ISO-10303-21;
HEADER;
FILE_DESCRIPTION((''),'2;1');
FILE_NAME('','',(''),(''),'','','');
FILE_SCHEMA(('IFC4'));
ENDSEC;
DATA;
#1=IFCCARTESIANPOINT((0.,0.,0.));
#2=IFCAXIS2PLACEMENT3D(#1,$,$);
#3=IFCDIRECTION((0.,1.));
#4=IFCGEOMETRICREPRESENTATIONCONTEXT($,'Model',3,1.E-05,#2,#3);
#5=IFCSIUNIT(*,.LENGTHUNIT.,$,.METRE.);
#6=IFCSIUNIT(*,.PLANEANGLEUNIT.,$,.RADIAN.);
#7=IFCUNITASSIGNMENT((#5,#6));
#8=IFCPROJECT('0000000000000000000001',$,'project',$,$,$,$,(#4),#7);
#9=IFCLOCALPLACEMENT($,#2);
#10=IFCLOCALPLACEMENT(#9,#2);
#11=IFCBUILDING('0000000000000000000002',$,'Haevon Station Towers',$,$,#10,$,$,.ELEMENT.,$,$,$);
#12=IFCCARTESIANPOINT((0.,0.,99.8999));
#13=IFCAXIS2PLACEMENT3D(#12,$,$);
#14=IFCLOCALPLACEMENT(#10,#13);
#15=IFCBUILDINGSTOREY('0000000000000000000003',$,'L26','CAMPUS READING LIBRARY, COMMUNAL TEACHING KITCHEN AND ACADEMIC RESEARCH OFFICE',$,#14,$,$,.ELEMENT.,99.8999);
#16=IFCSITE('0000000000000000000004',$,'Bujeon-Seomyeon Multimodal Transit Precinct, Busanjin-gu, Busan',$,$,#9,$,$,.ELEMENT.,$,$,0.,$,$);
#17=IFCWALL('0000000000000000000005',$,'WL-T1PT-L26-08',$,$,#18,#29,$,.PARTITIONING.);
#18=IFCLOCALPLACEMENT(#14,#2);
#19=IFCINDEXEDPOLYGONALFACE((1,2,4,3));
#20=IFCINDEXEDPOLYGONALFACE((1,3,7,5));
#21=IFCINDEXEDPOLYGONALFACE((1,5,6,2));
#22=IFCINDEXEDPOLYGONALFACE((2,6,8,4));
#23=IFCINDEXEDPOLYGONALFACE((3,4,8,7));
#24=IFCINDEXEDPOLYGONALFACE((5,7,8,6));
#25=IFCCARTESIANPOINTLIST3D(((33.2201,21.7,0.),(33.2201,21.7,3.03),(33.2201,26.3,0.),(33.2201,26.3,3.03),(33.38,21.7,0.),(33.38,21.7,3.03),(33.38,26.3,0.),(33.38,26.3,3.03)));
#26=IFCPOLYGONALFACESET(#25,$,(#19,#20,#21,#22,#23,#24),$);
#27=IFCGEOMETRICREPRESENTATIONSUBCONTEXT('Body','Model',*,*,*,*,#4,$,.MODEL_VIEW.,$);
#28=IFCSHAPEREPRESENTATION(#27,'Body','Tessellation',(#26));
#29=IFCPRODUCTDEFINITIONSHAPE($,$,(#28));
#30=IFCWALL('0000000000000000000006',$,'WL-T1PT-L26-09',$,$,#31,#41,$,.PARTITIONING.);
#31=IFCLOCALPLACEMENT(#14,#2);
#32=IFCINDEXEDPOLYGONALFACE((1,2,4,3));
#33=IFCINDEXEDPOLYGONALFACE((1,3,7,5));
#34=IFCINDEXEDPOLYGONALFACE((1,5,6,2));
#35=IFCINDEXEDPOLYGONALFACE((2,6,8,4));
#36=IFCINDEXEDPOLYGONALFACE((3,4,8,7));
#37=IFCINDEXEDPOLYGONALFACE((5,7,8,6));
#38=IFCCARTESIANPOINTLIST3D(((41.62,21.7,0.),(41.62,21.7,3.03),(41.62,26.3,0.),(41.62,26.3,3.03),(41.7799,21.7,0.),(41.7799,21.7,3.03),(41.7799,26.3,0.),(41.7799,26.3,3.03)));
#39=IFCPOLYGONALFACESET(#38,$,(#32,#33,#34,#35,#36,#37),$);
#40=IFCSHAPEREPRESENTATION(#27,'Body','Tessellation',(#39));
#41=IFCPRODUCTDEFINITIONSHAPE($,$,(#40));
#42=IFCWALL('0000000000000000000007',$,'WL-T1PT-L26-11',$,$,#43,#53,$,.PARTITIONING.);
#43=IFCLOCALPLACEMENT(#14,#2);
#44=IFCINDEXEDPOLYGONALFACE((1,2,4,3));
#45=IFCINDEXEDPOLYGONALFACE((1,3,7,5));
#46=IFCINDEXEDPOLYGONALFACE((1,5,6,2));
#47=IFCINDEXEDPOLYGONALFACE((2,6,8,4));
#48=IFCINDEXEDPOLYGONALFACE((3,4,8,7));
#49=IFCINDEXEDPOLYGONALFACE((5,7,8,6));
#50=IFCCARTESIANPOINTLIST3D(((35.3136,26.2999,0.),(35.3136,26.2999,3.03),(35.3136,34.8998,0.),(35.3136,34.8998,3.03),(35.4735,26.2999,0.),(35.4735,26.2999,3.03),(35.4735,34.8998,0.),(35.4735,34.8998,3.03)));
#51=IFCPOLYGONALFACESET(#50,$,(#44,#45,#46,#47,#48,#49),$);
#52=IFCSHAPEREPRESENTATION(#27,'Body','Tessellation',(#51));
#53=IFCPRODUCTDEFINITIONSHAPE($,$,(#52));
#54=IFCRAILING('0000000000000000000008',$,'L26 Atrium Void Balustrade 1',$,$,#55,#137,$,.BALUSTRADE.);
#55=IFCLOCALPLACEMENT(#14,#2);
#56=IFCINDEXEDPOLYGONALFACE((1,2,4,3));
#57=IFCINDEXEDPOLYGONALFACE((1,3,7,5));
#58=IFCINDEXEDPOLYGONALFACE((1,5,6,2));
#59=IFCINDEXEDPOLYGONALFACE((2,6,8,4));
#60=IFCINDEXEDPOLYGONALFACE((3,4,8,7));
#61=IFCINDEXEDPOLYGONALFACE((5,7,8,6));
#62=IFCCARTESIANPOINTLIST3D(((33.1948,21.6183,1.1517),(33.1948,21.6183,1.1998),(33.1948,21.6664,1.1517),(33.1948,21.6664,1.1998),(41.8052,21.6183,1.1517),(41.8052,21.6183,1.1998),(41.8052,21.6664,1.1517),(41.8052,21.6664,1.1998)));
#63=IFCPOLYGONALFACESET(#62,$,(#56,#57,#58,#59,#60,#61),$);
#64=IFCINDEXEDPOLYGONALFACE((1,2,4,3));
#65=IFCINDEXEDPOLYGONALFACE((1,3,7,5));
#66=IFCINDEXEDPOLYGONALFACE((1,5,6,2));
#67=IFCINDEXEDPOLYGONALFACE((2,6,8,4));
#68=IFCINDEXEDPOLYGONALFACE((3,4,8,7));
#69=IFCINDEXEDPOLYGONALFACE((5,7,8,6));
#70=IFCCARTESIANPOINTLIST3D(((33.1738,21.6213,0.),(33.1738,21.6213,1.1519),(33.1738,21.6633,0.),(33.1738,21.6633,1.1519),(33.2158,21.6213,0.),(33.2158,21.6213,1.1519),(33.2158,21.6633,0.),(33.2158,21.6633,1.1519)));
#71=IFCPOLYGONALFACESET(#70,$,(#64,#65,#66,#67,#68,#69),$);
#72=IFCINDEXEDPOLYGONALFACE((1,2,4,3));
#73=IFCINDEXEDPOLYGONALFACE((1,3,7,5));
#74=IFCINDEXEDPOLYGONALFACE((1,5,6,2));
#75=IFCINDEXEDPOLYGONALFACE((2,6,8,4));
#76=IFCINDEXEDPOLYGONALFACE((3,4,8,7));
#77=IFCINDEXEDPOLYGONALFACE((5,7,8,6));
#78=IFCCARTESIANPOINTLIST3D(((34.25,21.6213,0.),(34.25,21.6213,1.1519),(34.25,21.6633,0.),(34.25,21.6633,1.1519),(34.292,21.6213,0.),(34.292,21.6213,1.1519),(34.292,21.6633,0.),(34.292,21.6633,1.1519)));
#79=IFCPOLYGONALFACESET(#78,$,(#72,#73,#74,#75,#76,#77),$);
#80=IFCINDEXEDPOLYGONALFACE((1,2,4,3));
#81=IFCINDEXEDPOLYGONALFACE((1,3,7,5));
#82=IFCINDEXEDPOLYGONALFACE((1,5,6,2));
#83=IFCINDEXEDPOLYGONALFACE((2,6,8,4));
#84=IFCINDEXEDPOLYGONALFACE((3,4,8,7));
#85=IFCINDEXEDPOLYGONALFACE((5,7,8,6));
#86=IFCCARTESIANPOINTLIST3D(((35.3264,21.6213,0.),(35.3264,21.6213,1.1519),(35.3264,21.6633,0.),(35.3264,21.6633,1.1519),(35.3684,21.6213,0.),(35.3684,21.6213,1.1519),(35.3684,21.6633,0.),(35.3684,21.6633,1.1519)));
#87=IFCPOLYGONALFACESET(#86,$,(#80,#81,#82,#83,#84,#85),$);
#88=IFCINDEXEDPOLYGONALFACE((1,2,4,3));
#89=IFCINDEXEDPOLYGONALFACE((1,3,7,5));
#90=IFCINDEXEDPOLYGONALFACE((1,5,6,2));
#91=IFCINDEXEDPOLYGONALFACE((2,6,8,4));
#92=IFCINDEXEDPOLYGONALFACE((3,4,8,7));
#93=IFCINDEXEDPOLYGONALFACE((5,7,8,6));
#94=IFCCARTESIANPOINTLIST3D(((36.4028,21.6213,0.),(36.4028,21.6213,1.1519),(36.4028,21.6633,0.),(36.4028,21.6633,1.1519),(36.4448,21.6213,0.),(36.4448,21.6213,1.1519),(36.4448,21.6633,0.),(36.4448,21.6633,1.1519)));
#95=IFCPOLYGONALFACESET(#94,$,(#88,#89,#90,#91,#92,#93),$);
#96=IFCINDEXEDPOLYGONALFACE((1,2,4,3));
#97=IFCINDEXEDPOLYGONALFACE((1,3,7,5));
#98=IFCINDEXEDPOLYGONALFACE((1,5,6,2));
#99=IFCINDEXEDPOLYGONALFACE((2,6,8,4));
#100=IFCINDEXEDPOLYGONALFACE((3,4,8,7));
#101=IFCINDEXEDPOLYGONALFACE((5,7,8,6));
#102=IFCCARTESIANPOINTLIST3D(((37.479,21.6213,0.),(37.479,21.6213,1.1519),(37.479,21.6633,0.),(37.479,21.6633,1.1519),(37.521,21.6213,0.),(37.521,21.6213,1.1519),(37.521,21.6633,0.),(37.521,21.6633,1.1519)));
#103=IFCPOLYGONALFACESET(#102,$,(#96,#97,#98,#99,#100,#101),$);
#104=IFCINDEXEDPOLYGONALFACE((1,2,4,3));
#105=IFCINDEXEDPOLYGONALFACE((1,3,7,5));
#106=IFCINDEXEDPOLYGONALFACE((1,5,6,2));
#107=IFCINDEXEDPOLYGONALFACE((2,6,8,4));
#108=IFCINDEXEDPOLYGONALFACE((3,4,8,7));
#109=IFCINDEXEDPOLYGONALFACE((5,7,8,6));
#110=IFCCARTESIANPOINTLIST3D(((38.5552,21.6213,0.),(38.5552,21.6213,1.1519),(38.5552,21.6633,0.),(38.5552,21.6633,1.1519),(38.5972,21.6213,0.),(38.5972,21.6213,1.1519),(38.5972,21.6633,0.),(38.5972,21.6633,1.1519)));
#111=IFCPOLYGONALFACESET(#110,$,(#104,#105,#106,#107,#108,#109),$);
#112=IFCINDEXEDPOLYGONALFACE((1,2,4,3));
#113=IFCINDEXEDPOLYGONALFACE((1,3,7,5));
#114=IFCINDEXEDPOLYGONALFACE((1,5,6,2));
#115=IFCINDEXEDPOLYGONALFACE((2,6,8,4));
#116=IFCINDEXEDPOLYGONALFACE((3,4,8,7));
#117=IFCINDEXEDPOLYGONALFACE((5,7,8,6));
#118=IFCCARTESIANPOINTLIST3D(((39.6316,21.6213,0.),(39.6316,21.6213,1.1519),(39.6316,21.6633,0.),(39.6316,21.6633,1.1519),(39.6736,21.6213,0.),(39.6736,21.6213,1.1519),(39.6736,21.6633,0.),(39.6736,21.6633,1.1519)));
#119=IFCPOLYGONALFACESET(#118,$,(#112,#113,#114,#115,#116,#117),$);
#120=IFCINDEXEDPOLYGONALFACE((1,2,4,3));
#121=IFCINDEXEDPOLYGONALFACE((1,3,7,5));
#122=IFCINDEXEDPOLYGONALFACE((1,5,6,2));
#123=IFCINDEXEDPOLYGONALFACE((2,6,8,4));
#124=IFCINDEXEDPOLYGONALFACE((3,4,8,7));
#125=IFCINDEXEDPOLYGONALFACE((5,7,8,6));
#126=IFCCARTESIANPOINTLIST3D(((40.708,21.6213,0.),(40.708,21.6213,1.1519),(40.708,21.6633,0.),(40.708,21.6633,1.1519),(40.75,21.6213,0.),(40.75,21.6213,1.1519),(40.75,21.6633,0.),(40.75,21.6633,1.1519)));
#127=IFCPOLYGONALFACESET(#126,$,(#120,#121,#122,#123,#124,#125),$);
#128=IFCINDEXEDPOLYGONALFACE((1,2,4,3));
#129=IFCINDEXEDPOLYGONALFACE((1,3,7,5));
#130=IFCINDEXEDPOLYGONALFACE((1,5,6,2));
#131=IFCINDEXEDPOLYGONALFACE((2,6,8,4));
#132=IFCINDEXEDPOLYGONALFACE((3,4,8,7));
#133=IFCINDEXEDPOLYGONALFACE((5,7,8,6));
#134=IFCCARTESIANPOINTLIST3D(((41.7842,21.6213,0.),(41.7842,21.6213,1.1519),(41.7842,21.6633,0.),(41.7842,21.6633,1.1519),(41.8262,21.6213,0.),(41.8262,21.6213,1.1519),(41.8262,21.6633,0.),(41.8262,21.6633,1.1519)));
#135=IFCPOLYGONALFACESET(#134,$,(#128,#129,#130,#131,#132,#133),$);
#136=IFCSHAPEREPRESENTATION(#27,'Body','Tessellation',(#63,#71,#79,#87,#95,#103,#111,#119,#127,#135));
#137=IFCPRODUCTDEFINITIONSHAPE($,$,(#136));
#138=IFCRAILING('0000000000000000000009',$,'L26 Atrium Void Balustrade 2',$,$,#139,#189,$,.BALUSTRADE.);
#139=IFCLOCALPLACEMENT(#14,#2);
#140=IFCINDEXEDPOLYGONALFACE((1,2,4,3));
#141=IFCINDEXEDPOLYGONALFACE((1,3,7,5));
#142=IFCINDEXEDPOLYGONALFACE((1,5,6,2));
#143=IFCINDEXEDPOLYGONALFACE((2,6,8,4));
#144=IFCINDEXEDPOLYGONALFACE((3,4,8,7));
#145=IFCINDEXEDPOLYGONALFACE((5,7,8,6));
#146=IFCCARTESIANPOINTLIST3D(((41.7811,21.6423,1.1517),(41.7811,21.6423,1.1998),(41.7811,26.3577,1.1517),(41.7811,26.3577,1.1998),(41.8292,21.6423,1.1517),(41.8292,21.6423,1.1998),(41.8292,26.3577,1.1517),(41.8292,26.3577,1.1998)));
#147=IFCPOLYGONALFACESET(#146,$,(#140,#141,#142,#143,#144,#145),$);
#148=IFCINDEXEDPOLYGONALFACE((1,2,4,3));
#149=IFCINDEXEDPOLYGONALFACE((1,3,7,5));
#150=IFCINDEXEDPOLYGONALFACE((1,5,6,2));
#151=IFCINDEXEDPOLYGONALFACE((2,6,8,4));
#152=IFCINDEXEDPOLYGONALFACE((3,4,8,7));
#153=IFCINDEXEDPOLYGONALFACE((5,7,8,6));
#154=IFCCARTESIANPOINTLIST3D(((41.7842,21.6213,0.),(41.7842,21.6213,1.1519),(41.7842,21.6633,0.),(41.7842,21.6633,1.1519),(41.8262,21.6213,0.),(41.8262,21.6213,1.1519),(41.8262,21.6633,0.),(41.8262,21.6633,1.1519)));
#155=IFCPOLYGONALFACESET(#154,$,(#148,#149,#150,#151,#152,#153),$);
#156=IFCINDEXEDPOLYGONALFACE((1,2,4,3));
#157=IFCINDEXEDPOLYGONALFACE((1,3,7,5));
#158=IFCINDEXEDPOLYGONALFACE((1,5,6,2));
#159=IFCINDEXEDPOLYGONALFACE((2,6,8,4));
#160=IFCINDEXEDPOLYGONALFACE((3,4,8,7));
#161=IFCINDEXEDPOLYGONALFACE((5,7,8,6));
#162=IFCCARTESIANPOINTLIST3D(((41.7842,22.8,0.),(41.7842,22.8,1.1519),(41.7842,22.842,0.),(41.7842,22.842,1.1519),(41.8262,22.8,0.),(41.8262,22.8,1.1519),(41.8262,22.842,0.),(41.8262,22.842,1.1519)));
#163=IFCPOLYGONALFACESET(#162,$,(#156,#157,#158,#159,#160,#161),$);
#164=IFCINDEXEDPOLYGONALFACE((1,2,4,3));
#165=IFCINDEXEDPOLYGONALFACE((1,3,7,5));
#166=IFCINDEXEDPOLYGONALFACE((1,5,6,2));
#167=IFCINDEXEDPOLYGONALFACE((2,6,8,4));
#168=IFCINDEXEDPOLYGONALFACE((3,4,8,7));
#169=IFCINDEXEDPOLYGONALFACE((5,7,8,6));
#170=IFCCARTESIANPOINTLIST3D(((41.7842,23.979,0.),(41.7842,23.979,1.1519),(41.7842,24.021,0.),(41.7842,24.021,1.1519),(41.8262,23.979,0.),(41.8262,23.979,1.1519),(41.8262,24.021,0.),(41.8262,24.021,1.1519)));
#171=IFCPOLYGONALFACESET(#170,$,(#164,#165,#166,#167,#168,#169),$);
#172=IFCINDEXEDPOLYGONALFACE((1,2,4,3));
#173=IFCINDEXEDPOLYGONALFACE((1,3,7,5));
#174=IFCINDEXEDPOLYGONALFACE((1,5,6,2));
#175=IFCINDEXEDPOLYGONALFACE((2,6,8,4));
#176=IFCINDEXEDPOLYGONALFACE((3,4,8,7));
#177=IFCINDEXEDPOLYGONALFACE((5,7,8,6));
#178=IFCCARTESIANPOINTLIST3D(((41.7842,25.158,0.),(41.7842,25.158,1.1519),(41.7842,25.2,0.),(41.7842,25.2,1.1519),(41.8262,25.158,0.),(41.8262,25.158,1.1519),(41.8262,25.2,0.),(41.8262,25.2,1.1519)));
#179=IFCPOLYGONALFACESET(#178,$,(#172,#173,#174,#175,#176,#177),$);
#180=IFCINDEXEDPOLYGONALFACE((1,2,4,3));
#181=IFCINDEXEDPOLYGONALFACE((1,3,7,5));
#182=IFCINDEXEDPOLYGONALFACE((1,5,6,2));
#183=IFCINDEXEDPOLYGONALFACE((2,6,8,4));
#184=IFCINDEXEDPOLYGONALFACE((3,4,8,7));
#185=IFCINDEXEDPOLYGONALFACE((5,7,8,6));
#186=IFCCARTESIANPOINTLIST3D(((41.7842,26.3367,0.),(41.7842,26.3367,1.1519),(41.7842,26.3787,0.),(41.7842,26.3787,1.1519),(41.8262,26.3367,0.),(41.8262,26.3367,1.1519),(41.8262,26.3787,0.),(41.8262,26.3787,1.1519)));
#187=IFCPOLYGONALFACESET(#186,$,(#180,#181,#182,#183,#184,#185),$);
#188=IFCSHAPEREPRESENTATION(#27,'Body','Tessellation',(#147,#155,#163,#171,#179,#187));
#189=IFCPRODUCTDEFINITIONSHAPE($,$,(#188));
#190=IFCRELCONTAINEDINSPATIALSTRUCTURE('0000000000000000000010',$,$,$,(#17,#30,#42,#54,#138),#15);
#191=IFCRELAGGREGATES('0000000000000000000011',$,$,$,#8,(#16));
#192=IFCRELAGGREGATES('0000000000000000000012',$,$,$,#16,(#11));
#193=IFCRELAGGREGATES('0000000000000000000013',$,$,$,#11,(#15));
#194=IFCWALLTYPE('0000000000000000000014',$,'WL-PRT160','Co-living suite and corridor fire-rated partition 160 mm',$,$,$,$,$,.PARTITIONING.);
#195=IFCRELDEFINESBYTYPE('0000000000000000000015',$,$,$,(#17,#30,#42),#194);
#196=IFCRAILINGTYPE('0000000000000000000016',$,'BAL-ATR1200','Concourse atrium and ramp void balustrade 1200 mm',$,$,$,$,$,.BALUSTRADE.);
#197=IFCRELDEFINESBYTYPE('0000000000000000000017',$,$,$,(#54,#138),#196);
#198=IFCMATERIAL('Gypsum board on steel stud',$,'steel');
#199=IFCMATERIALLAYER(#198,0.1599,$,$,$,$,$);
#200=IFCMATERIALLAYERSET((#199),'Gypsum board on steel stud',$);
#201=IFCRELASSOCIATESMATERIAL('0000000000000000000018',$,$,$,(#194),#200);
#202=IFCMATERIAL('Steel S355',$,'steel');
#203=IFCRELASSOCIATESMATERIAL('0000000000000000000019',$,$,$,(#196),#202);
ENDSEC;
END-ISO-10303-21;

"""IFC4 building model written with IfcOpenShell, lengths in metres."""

from ifc_helpers import new_model, si_unit, direction, frame, frame_2d, origin, origin_2d, place, context, subcontext, project, spatial, rectangle, extrude, material, layer, layer_set, type_object, element, save


model = new_model("IFC4")

# Units and contexts
model_context = context("Model", 3, precision=1e-05, world=origin(), true_north=direction((0.0, 1.0)))
body_context = subcontext(model_context, "Body", "Model", "MODEL_VIEW")
ifc_project = project(units=[si_unit("LENGTHUNIT", "METRE"), si_unit("PLANEANGLEUNIT", "RADIAN")], contexts=[model_context])

# Site, building, storey
site_placement = place(None, origin())
site = spatial("IfcSite", under=ifc_project, at=site_placement, Name="Bujeon-Seomyeon Multimodal Transit Precinct, Busanjin-gu, Busan", CompositionType="ELEMENT", RefElevation=0.0)
building_placement = place(site_placement, origin())
building = spatial("IfcBuilding", under=site, at=building_placement, Name="Haevon Station Towers", CompositionType="ELEMENT")
storey_placement = place(building_placement, frame((0.0, 0.0, 99.8999)))
storey = spatial("IfcBuildingStorey", under=building, at=storey_placement, Name="L26", Description="CAMPUS READING LIBRARY, COMMUNAL TEACHING KITCHEN AND ACADEMIC RESEARCH OFFICE", CompositionType="ELEMENT", Elevation=99.8999)

# Shared definitions
ifc_material_1 = material(Name="Steel S355", Category="steel")

# Shared definitions
ifc_material_2 = material(Name="Gypsum board on steel stud", Category="steel")

# Walls
ifc_layer_1 = layer(ifc_material_2, 0.1599)
ifc_layer_set_1 = layer_set([ifc_layer_1], Name="Gypsum board on steel stud")
wall_type_1 = type_object("IfcWallType", Name="WL-PRT160", Description="Co-living suite and corridor fire-rated partition 160 mm", PredefinedType="PARTITIONING", material=ifc_layer_set_1)
for number, where, z_axis, x_axis, name in (
    (1, (33.3, 21.7, 0.0), (0.0, 0.0, 1.0), (0.0, 1.0, 0.0), "WL-T1PT-L26-08"),
    (2, (41.7, 21.7, 0.0), (0.0, 0.0, 1.0), (0.0, 1.0, 0.0), "WL-T1PT-L26-09"),
):
    element("IfcWall", number, at=place(storey_placement, frame(where, z_axis=z_axis, x_axis=x_axis)), inside=storey, type_object=wall_type_1, Name=name, PredefinedType="PARTITIONING", context=body_context, shape_type="SweptSolid", body=[
        extrude(rectangle(XDim=4.6001, YDim=0.1599, at=frame_2d((2.3, 0.0))), origin(), (0.0, 0.0, 1.0), 3.03),
    ])
wall_1_placement = place(storey_placement, frame((35.3936, 26.3, 0.0), z_axis=(0.0, 0.0, 1.0), x_axis=(0.0, 1.0, 0.0)))
element("IfcWall", 3, at=wall_1_placement, inside=storey, type_object=wall_type_1, Name="WL-T1PT-L26-11", PredefinedType="PARTITIONING", context=body_context, shape_type="SweptSolid", body=[
    extrude(rectangle(XDim=8.5999, YDim=0.1599, at=frame_2d((4.2998, 0.0))), origin(), (0.0, 0.0, 1.0), 3.03),
])

# Railings
railing_type = type_object("IfcRailingType", Name="BAL-ATR1200", Description="Concourse atrium and ramp void balustrade 1200 mm", PredefinedType="BALUSTRADE", material=ifc_material_1)
railing_1_placement = place(storey_placement, frame((33.1948, 21.6423, 0.0)))
element("IfcRailing", 4, at=railing_1_placement, inside=storey, type_object=railing_type, Name="L26 Atrium Void Balustrade 1", PredefinedType="BALUSTRADE", context=body_context, shape_type="SweptSolid", body=[
    extrude(rectangle(XDim=0.0481, YDim=0.0481, at=origin_2d()), frame((0.0, 0.0, 1.1758), z_axis=(1.0, 0.0, 0.0), x_axis=(0.0, 1.0, 0.0)), (0.0, 0.0, 1.0), 8.6104),
    extrude(rectangle(XDim=0.042, YDim=0.042, at=origin_2d()), origin(), (0.0, 0.0, 1.0), 1.1519),
    extrude(rectangle(XDim=0.042, YDim=0.042, at=origin_2d()), frame((1.0762, 0.0, 0.0)), (0.0, 0.0, 1.0), 1.1519),
    extrude(rectangle(XDim=0.042, YDim=0.042, at=origin_2d()), frame((2.1526, 0.0, 0.0)), (0.0, 0.0, 1.0), 1.1519),
    extrude(rectangle(XDim=0.042, YDim=0.042, at=origin_2d()), frame((3.229, 0.0, 0.0)), (0.0, 0.0, 1.0), 1.1519),
    extrude(rectangle(XDim=0.042, YDim=0.042, at=origin_2d()), frame((4.3052, 0.0, 0.0)), (0.0, 0.0, 1.0), 1.1519),
    extrude(rectangle(XDim=0.042, YDim=0.042, at=origin_2d()), frame((5.3813, 0.0, 0.0)), (0.0, 0.0, 1.0), 1.1519),
    extrude(rectangle(XDim=0.042, YDim=0.042, at=origin_2d()), frame((6.4578, 0.0, 0.0)), (0.0, 0.0, 1.0), 1.1519),
    extrude(rectangle(XDim=0.042, YDim=0.042, at=origin_2d()), frame((7.5342, 0.0, 0.0)), (0.0, 0.0, 1.0), 1.1519),
    extrude(rectangle(XDim=0.042, YDim=0.042, at=origin_2d()), frame((8.6104, 0.0, 0.0)), (0.0, 0.0, 1.0), 1.1519),
])
railing_2_placement = place(storey_placement, frame((41.8052, 21.6423, 0.0)))
element("IfcRailing", 5, at=railing_2_placement, inside=storey, type_object=railing_type, Name="L26 Atrium Void Balustrade 2", PredefinedType="BALUSTRADE", context=body_context, shape_type="SweptSolid", body=[
    extrude(rectangle(XDim=0.0481, YDim=0.0481, at=origin_2d()), frame((0.0, 0.0, 1.1758), z_axis=(0.0, 1.0, 0.0), x_axis=(-1.0, 0.0, 0.0)), (0.0, 0.0, 1.0), 4.7153),
    extrude(rectangle(XDim=0.042, YDim=0.042, at=origin_2d()), origin(), (0.0, 0.0, 1.0), 1.1519),
    extrude(rectangle(XDim=0.042, YDim=0.042, at=origin_2d()), frame((0.0, 1.1787, 0.0)), (0.0, 0.0, 1.0), 1.1519),
    extrude(rectangle(XDim=0.042, YDim=0.042, at=origin_2d()), frame((0.0, 2.3577, 0.0)), (0.0, 0.0, 1.0), 1.1519),
    extrude(rectangle(XDim=0.042, YDim=0.042, at=origin_2d()), frame((0.0, 3.5366, 0.0)), (0.0, 0.0, 1.0), 1.1519),
    extrude(rectangle(XDim=0.042, YDim=0.042, at=origin_2d()), frame((0.0, 4.7153, 0.0)), (0.0, 0.0, 1.0), 1.1519),
])

save(model, "model.ifc")
